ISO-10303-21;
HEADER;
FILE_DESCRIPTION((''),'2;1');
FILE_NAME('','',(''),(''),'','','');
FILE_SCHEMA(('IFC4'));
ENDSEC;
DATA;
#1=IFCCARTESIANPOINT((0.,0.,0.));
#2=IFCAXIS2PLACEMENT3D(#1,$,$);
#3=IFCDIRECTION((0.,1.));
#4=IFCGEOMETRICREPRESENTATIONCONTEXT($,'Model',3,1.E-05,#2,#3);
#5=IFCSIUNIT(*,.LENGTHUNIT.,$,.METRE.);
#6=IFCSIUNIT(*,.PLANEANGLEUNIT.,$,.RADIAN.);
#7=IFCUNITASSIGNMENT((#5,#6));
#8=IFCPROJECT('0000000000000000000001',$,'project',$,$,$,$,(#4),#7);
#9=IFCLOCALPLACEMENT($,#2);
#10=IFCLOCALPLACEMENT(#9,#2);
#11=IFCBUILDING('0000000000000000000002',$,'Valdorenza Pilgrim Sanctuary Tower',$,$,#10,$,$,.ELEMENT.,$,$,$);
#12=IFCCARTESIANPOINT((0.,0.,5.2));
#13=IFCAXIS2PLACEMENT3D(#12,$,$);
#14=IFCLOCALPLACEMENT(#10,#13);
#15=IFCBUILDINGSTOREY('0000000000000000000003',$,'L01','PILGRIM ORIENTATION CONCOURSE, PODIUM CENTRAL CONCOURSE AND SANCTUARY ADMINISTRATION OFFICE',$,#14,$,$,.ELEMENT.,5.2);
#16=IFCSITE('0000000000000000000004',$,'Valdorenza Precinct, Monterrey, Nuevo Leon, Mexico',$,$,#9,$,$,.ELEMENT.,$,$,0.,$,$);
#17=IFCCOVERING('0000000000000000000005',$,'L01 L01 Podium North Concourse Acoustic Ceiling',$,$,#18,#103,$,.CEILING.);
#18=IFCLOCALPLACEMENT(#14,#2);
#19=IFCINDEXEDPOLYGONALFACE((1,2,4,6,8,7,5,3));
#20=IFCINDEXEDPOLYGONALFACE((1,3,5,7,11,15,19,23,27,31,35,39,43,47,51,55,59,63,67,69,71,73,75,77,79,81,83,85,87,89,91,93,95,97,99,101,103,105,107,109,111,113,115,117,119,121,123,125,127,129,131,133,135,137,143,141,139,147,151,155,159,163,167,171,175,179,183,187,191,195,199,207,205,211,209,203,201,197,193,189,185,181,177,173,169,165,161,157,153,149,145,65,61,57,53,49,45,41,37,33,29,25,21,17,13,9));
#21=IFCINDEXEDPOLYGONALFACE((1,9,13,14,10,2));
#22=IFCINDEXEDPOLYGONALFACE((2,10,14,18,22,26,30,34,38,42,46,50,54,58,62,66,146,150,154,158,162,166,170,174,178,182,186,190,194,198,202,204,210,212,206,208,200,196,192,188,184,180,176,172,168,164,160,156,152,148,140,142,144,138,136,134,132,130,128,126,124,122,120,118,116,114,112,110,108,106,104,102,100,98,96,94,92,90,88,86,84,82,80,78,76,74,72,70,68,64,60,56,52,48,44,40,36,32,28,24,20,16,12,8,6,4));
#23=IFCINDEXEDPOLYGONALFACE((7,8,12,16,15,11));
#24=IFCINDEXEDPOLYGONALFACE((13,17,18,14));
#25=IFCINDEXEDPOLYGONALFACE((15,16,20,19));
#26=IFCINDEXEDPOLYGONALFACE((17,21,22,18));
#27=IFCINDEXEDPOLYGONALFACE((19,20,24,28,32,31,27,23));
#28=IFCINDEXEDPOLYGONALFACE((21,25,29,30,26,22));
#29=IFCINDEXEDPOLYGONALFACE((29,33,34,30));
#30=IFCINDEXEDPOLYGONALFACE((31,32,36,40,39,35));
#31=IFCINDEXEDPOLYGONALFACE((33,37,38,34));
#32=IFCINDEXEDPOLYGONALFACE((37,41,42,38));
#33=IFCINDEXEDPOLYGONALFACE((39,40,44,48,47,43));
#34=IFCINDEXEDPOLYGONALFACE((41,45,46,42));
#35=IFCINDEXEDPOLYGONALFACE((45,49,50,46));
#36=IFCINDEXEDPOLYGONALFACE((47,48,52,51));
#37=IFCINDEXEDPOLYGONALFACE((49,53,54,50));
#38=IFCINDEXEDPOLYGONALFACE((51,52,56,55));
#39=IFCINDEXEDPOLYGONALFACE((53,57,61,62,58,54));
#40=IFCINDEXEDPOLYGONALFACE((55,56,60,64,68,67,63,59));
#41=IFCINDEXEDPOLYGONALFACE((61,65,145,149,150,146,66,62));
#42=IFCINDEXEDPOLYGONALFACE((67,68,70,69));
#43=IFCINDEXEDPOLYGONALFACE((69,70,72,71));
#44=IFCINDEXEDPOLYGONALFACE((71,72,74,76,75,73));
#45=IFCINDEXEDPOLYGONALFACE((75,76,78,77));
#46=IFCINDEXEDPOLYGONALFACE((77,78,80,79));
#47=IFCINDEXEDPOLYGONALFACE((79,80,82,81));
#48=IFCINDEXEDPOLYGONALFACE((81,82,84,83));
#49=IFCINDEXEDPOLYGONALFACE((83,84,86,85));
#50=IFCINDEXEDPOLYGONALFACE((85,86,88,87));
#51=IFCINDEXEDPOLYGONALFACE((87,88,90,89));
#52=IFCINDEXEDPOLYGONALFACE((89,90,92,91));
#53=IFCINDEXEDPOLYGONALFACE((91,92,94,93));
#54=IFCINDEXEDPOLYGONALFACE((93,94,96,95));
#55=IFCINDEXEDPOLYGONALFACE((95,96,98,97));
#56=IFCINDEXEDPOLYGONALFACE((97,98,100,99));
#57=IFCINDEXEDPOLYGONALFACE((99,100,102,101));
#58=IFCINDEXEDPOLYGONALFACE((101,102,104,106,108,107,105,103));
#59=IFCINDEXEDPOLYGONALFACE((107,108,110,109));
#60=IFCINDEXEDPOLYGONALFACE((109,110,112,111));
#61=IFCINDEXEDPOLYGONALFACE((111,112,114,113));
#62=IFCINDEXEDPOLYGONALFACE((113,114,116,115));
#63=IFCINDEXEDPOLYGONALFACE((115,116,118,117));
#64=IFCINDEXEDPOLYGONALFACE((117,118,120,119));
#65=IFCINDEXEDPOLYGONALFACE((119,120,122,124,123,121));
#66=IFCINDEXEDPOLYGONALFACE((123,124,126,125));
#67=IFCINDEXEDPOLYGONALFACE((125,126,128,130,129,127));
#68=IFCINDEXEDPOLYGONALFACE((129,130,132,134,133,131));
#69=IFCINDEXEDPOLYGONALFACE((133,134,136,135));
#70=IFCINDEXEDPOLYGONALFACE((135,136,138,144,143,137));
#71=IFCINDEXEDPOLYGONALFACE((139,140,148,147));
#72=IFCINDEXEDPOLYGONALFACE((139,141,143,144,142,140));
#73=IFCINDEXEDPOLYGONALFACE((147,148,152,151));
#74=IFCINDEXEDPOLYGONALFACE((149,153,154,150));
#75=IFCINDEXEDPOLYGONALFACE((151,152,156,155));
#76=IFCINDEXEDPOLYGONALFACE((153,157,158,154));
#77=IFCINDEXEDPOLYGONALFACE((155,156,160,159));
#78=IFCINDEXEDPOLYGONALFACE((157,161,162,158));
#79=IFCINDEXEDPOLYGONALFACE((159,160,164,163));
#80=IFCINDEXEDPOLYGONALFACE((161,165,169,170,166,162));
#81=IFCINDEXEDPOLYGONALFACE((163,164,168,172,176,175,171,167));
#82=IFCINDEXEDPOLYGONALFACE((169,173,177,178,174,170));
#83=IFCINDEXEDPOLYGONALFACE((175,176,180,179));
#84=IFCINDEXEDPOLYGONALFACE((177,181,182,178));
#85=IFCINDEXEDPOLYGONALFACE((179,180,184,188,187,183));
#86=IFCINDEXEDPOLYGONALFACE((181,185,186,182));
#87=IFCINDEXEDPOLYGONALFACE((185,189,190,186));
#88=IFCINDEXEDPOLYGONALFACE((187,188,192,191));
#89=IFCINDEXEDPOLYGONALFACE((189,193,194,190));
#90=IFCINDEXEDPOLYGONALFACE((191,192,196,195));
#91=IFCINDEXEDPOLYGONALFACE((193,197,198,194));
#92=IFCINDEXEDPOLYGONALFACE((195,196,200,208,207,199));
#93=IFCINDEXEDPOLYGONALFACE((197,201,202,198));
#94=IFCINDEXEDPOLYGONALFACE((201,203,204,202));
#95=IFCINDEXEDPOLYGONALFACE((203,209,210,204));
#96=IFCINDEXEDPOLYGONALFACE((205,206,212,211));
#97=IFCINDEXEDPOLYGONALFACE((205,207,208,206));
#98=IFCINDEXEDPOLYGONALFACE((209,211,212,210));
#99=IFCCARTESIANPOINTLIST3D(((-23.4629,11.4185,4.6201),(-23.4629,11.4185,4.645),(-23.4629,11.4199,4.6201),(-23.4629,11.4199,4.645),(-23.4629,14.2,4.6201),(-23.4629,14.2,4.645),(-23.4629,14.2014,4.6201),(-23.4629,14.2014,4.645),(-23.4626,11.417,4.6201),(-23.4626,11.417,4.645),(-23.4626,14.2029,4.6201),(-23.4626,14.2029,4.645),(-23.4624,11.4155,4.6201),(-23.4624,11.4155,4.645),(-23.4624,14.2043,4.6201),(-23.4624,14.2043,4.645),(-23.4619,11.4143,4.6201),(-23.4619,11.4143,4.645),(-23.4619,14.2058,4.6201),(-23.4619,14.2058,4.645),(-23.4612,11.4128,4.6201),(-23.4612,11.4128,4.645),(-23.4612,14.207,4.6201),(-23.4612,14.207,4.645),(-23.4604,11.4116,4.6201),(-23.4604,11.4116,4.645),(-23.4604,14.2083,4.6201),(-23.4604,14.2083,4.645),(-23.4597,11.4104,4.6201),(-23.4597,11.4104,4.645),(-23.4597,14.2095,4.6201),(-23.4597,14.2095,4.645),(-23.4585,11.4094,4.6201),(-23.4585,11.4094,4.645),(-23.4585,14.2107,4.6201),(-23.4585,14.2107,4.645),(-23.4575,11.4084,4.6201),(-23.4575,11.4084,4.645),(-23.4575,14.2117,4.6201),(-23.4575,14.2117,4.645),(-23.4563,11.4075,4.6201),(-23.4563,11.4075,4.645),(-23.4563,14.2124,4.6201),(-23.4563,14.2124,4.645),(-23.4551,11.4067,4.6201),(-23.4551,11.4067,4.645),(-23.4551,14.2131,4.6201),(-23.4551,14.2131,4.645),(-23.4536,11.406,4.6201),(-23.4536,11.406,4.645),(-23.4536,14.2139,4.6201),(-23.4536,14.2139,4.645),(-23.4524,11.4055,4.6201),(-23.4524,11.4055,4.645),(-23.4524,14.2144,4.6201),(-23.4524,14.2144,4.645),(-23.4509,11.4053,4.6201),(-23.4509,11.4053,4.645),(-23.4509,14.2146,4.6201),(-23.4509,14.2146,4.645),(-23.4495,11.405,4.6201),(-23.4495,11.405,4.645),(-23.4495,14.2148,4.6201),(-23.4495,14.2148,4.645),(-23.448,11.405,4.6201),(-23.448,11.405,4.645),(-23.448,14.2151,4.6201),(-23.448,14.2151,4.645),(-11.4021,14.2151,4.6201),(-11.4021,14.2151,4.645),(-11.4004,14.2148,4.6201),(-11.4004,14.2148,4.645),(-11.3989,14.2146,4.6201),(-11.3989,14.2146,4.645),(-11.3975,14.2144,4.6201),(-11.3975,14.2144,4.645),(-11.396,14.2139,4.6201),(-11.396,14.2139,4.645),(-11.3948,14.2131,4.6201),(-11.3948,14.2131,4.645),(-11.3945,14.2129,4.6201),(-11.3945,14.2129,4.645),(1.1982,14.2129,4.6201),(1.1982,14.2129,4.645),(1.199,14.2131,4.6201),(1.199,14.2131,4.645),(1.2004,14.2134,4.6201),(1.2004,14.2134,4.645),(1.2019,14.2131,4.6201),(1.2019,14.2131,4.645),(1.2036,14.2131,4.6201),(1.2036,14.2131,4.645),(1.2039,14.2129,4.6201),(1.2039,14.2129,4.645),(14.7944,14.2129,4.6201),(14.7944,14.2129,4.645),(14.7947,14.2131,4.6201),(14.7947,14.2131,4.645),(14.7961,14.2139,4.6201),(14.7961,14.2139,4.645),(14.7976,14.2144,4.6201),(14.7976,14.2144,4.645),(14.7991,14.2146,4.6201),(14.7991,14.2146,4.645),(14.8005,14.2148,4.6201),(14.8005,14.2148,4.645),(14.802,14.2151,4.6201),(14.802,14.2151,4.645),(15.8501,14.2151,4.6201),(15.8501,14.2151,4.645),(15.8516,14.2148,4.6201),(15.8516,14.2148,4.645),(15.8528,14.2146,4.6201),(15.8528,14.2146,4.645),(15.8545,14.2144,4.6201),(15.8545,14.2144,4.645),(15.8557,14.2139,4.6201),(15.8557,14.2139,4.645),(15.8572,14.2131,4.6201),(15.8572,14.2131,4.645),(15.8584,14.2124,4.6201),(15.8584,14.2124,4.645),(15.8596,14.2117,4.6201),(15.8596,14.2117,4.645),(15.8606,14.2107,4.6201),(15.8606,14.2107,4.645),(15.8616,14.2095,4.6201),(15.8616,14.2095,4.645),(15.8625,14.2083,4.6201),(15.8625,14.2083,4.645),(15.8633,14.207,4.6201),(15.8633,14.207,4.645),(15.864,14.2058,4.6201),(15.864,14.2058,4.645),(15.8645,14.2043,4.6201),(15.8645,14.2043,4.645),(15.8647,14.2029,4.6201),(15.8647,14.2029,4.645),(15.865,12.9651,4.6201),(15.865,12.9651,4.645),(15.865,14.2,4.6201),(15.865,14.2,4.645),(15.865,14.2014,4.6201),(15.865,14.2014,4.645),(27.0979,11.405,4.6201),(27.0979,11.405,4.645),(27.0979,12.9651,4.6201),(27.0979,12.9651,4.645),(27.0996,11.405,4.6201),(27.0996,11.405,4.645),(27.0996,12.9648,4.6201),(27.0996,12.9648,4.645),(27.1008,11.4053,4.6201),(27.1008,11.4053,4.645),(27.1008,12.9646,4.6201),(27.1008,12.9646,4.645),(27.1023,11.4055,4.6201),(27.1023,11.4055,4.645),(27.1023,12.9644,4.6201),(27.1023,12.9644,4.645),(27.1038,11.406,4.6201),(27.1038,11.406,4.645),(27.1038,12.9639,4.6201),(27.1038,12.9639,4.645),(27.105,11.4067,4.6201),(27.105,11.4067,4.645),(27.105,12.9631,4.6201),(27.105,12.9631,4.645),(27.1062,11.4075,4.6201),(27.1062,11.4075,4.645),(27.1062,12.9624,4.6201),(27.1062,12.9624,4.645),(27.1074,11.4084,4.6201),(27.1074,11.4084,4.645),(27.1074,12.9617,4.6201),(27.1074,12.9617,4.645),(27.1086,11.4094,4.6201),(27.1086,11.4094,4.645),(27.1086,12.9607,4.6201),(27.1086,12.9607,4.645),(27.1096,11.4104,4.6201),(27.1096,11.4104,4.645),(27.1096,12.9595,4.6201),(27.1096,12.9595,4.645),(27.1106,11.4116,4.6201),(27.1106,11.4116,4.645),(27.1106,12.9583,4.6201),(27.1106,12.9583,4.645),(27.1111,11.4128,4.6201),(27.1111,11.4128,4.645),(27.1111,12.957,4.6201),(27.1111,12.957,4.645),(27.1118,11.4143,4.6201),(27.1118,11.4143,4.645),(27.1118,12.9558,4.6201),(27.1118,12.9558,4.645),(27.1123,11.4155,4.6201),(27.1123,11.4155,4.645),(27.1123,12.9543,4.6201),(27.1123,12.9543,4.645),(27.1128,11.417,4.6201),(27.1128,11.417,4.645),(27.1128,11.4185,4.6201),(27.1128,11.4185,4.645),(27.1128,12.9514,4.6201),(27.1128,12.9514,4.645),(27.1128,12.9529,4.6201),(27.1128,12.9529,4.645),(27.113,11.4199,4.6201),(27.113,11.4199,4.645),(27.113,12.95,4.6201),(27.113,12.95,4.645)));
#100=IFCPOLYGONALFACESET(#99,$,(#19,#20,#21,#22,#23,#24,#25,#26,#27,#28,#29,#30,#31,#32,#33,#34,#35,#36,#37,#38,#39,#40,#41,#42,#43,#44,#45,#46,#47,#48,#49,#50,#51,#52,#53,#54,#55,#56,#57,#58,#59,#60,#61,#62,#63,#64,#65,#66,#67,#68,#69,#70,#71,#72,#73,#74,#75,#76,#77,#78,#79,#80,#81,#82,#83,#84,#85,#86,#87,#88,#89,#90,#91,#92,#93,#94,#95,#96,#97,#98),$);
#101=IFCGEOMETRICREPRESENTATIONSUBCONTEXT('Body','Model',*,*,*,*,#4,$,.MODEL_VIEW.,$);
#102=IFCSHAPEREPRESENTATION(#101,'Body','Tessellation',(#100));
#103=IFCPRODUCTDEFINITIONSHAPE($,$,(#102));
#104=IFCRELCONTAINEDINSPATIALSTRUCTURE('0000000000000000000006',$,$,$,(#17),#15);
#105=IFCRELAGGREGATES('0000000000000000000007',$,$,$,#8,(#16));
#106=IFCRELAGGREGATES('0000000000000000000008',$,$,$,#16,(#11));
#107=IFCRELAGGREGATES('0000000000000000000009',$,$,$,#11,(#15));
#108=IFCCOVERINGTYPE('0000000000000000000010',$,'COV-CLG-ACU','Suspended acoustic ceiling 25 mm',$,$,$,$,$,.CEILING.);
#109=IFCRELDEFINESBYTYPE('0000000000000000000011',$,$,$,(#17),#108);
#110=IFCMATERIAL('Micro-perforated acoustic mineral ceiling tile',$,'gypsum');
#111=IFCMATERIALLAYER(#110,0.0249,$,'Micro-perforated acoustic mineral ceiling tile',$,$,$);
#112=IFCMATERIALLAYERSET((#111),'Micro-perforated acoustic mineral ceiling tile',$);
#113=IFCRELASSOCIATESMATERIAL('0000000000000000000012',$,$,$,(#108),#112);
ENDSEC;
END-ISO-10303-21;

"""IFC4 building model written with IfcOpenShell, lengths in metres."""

from ifc_helpers import new_model, si_unit, direction, frame, origin, place, context, subcontext, project, spatial, polyline, outline, extrude, material, layer, layer_set, type_object, element, save


model = new_model("IFC4")

# Units and contexts
model_context = context("Model", 3, precision=1e-05, world=origin(), true_north=direction((0.0, 1.0)))
body_context = subcontext(model_context, "Body", "Model", "MODEL_VIEW")
ifc_project = project(units=[si_unit("LENGTHUNIT", "METRE"), si_unit("PLANEANGLEUNIT", "RADIAN")], contexts=[model_context])

# Site, building, storey
site_placement = place(None, origin())
site = spatial("IfcSite", under=ifc_project, at=site_placement, Name="Valdorenza Precinct, Monterrey, Nuevo Leon, Mexico", CompositionType="ELEMENT", RefElevation=0.0)
building_placement = place(site_placement, origin())
building = spatial("IfcBuilding", under=site, at=building_placement, Name="Valdorenza Pilgrim Sanctuary Tower", CompositionType="ELEMENT")
storey_placement = place(building_placement, frame((0.0, 0.0, 5.2)))
storey = spatial("IfcBuildingStorey", under=building, at=storey_placement, Name="L01", Description="PILGRIM ORIENTATION CONCOURSE, PODIUM CENTRAL CONCOURSE AND SANCTUARY ADMINISTRATION OFFICE", CompositionType="ELEMENT", Elevation=5.2)

# Covering
ifc_material_1 = material(Name="Micro-perforated acoustic mineral ceiling tile", Category="gypsum")
ifc_layer_1 = layer(ifc_material_1, 0.0249, Name="Micro-perforated acoustic mineral ceiling tile")
ifc_layer_set_1 = layer_set([ifc_layer_1], Name="Micro-perforated acoustic mineral ceiling tile")
covering_type_1 = type_object("IfcCoveringType", Name="COV-CLG-ACU", Description="Suspended acoustic ceiling 25 mm", PredefinedType="CEILING", material=ifc_layer_set_1)
covering_1_placement = place(storey_placement, frame((0.0, 0.0, 4.6201)))
element("IfcCovering", 1, at=covering_1_placement, inside=storey, type_object=covering_type_1, Name="L01 L01 Podium North Concourse Acoustic Ceiling", PredefinedType="CEILING", context=body_context, shape_type="SweptSolid", body=[
    extrude(outline(polyline([(-23.448, 11.405), (-23.4495, 11.405), (-23.4509, 11.4053), (-23.4524, 11.4055), (-23.4536, 11.406), (-23.4551, 11.4067), (-23.4563, 11.4075), (-23.4575, 11.4084), (-23.4585, 11.4094), (-23.4597, 11.4104), (-23.4604, 11.4116), (-23.4612, 11.4128), (-23.4619, 11.4143), (-23.4624, 11.4155), (-23.4626, 11.417), (-23.4629, 11.4185), (-23.4629, 11.4199), (-23.4629, 14.2), (-23.4629, 14.2014), (-23.4626, 14.2029), (-23.4624, 14.2043), (-23.4619, 14.2058), (-23.4612, 14.207), (-23.4604, 14.2083), (-23.4597, 14.2095), (-23.4585, 14.2107), (-23.4575, 14.2117), (-23.4563, 14.2124), (-23.4551, 14.2131), (-23.4536, 14.2139), (-23.4524, 14.2144), (-23.4509, 14.2146), (-23.4495, 14.2148), (-23.448, 14.2151), (-11.4021, 14.2151), (-11.4004, 14.2148), (-11.3989, 14.2146), (-11.3975, 14.2144), (-11.396, 14.2139), (-11.3948, 14.2131), (-11.3945, 14.2129), (1.1982, 14.2129), (1.199, 14.2131), (1.2004, 14.2134), (1.2019, 14.2131), (1.2036, 14.2131), (1.2039, 14.2129), (14.7944, 14.2129), (14.7947, 14.2131), (14.7961, 14.2139), (14.7976, 14.2144), (14.7991, 14.2146), (14.8005, 14.2148), (14.802, 14.2151), (15.8501, 14.2151), (15.8516, 14.2148), (15.8528, 14.2146), (15.8545, 14.2144), (15.8557, 14.2139), (15.8572, 14.2131), (15.8584, 14.2124), (15.8596, 14.2117), (15.8606, 14.2107), (15.8616, 14.2095), (15.8625, 14.2083), (15.8633, 14.207), (15.864, 14.2058), (15.8645, 14.2043), (15.8647, 14.2029), (15.865, 14.2014), (15.865, 14.2), (15.865, 12.9651), (27.0979, 12.9651), (27.0996, 12.9648), (27.1008, 12.9646), (27.1023, 12.9644), (27.1038, 12.9639), (27.105, 12.9631), (27.1062, 12.9624), (27.1074, 12.9617), (27.1086, 12.9607), (27.1096, 12.9595), (27.1106, 12.9583), (27.1111, 12.957), (27.1118, 12.9558), (27.1123, 12.9543), (27.1128, 12.9529), (27.1128, 12.9514), (27.113, 12.95), (27.113, 11.4199), (27.1128, 11.4185), (27.1128, 11.417), (27.1123, 11.4155), (27.1118, 11.4143), (27.1111, 11.4128), (27.1106, 11.4116), (27.1096, 11.4104), (27.1086, 11.4094), (27.1074, 11.4084), (27.1062, 11.4075), (27.105, 11.4067), (27.1038, 11.406), (27.1023, 11.4055), (27.1008, 11.4053), (27.0996, 11.405), (27.0979, 11.405), (-23.448, 11.405)])), origin(), (0.0, 0.0, 1.0), 0.0249),
])

save(model, "model.ifc")
